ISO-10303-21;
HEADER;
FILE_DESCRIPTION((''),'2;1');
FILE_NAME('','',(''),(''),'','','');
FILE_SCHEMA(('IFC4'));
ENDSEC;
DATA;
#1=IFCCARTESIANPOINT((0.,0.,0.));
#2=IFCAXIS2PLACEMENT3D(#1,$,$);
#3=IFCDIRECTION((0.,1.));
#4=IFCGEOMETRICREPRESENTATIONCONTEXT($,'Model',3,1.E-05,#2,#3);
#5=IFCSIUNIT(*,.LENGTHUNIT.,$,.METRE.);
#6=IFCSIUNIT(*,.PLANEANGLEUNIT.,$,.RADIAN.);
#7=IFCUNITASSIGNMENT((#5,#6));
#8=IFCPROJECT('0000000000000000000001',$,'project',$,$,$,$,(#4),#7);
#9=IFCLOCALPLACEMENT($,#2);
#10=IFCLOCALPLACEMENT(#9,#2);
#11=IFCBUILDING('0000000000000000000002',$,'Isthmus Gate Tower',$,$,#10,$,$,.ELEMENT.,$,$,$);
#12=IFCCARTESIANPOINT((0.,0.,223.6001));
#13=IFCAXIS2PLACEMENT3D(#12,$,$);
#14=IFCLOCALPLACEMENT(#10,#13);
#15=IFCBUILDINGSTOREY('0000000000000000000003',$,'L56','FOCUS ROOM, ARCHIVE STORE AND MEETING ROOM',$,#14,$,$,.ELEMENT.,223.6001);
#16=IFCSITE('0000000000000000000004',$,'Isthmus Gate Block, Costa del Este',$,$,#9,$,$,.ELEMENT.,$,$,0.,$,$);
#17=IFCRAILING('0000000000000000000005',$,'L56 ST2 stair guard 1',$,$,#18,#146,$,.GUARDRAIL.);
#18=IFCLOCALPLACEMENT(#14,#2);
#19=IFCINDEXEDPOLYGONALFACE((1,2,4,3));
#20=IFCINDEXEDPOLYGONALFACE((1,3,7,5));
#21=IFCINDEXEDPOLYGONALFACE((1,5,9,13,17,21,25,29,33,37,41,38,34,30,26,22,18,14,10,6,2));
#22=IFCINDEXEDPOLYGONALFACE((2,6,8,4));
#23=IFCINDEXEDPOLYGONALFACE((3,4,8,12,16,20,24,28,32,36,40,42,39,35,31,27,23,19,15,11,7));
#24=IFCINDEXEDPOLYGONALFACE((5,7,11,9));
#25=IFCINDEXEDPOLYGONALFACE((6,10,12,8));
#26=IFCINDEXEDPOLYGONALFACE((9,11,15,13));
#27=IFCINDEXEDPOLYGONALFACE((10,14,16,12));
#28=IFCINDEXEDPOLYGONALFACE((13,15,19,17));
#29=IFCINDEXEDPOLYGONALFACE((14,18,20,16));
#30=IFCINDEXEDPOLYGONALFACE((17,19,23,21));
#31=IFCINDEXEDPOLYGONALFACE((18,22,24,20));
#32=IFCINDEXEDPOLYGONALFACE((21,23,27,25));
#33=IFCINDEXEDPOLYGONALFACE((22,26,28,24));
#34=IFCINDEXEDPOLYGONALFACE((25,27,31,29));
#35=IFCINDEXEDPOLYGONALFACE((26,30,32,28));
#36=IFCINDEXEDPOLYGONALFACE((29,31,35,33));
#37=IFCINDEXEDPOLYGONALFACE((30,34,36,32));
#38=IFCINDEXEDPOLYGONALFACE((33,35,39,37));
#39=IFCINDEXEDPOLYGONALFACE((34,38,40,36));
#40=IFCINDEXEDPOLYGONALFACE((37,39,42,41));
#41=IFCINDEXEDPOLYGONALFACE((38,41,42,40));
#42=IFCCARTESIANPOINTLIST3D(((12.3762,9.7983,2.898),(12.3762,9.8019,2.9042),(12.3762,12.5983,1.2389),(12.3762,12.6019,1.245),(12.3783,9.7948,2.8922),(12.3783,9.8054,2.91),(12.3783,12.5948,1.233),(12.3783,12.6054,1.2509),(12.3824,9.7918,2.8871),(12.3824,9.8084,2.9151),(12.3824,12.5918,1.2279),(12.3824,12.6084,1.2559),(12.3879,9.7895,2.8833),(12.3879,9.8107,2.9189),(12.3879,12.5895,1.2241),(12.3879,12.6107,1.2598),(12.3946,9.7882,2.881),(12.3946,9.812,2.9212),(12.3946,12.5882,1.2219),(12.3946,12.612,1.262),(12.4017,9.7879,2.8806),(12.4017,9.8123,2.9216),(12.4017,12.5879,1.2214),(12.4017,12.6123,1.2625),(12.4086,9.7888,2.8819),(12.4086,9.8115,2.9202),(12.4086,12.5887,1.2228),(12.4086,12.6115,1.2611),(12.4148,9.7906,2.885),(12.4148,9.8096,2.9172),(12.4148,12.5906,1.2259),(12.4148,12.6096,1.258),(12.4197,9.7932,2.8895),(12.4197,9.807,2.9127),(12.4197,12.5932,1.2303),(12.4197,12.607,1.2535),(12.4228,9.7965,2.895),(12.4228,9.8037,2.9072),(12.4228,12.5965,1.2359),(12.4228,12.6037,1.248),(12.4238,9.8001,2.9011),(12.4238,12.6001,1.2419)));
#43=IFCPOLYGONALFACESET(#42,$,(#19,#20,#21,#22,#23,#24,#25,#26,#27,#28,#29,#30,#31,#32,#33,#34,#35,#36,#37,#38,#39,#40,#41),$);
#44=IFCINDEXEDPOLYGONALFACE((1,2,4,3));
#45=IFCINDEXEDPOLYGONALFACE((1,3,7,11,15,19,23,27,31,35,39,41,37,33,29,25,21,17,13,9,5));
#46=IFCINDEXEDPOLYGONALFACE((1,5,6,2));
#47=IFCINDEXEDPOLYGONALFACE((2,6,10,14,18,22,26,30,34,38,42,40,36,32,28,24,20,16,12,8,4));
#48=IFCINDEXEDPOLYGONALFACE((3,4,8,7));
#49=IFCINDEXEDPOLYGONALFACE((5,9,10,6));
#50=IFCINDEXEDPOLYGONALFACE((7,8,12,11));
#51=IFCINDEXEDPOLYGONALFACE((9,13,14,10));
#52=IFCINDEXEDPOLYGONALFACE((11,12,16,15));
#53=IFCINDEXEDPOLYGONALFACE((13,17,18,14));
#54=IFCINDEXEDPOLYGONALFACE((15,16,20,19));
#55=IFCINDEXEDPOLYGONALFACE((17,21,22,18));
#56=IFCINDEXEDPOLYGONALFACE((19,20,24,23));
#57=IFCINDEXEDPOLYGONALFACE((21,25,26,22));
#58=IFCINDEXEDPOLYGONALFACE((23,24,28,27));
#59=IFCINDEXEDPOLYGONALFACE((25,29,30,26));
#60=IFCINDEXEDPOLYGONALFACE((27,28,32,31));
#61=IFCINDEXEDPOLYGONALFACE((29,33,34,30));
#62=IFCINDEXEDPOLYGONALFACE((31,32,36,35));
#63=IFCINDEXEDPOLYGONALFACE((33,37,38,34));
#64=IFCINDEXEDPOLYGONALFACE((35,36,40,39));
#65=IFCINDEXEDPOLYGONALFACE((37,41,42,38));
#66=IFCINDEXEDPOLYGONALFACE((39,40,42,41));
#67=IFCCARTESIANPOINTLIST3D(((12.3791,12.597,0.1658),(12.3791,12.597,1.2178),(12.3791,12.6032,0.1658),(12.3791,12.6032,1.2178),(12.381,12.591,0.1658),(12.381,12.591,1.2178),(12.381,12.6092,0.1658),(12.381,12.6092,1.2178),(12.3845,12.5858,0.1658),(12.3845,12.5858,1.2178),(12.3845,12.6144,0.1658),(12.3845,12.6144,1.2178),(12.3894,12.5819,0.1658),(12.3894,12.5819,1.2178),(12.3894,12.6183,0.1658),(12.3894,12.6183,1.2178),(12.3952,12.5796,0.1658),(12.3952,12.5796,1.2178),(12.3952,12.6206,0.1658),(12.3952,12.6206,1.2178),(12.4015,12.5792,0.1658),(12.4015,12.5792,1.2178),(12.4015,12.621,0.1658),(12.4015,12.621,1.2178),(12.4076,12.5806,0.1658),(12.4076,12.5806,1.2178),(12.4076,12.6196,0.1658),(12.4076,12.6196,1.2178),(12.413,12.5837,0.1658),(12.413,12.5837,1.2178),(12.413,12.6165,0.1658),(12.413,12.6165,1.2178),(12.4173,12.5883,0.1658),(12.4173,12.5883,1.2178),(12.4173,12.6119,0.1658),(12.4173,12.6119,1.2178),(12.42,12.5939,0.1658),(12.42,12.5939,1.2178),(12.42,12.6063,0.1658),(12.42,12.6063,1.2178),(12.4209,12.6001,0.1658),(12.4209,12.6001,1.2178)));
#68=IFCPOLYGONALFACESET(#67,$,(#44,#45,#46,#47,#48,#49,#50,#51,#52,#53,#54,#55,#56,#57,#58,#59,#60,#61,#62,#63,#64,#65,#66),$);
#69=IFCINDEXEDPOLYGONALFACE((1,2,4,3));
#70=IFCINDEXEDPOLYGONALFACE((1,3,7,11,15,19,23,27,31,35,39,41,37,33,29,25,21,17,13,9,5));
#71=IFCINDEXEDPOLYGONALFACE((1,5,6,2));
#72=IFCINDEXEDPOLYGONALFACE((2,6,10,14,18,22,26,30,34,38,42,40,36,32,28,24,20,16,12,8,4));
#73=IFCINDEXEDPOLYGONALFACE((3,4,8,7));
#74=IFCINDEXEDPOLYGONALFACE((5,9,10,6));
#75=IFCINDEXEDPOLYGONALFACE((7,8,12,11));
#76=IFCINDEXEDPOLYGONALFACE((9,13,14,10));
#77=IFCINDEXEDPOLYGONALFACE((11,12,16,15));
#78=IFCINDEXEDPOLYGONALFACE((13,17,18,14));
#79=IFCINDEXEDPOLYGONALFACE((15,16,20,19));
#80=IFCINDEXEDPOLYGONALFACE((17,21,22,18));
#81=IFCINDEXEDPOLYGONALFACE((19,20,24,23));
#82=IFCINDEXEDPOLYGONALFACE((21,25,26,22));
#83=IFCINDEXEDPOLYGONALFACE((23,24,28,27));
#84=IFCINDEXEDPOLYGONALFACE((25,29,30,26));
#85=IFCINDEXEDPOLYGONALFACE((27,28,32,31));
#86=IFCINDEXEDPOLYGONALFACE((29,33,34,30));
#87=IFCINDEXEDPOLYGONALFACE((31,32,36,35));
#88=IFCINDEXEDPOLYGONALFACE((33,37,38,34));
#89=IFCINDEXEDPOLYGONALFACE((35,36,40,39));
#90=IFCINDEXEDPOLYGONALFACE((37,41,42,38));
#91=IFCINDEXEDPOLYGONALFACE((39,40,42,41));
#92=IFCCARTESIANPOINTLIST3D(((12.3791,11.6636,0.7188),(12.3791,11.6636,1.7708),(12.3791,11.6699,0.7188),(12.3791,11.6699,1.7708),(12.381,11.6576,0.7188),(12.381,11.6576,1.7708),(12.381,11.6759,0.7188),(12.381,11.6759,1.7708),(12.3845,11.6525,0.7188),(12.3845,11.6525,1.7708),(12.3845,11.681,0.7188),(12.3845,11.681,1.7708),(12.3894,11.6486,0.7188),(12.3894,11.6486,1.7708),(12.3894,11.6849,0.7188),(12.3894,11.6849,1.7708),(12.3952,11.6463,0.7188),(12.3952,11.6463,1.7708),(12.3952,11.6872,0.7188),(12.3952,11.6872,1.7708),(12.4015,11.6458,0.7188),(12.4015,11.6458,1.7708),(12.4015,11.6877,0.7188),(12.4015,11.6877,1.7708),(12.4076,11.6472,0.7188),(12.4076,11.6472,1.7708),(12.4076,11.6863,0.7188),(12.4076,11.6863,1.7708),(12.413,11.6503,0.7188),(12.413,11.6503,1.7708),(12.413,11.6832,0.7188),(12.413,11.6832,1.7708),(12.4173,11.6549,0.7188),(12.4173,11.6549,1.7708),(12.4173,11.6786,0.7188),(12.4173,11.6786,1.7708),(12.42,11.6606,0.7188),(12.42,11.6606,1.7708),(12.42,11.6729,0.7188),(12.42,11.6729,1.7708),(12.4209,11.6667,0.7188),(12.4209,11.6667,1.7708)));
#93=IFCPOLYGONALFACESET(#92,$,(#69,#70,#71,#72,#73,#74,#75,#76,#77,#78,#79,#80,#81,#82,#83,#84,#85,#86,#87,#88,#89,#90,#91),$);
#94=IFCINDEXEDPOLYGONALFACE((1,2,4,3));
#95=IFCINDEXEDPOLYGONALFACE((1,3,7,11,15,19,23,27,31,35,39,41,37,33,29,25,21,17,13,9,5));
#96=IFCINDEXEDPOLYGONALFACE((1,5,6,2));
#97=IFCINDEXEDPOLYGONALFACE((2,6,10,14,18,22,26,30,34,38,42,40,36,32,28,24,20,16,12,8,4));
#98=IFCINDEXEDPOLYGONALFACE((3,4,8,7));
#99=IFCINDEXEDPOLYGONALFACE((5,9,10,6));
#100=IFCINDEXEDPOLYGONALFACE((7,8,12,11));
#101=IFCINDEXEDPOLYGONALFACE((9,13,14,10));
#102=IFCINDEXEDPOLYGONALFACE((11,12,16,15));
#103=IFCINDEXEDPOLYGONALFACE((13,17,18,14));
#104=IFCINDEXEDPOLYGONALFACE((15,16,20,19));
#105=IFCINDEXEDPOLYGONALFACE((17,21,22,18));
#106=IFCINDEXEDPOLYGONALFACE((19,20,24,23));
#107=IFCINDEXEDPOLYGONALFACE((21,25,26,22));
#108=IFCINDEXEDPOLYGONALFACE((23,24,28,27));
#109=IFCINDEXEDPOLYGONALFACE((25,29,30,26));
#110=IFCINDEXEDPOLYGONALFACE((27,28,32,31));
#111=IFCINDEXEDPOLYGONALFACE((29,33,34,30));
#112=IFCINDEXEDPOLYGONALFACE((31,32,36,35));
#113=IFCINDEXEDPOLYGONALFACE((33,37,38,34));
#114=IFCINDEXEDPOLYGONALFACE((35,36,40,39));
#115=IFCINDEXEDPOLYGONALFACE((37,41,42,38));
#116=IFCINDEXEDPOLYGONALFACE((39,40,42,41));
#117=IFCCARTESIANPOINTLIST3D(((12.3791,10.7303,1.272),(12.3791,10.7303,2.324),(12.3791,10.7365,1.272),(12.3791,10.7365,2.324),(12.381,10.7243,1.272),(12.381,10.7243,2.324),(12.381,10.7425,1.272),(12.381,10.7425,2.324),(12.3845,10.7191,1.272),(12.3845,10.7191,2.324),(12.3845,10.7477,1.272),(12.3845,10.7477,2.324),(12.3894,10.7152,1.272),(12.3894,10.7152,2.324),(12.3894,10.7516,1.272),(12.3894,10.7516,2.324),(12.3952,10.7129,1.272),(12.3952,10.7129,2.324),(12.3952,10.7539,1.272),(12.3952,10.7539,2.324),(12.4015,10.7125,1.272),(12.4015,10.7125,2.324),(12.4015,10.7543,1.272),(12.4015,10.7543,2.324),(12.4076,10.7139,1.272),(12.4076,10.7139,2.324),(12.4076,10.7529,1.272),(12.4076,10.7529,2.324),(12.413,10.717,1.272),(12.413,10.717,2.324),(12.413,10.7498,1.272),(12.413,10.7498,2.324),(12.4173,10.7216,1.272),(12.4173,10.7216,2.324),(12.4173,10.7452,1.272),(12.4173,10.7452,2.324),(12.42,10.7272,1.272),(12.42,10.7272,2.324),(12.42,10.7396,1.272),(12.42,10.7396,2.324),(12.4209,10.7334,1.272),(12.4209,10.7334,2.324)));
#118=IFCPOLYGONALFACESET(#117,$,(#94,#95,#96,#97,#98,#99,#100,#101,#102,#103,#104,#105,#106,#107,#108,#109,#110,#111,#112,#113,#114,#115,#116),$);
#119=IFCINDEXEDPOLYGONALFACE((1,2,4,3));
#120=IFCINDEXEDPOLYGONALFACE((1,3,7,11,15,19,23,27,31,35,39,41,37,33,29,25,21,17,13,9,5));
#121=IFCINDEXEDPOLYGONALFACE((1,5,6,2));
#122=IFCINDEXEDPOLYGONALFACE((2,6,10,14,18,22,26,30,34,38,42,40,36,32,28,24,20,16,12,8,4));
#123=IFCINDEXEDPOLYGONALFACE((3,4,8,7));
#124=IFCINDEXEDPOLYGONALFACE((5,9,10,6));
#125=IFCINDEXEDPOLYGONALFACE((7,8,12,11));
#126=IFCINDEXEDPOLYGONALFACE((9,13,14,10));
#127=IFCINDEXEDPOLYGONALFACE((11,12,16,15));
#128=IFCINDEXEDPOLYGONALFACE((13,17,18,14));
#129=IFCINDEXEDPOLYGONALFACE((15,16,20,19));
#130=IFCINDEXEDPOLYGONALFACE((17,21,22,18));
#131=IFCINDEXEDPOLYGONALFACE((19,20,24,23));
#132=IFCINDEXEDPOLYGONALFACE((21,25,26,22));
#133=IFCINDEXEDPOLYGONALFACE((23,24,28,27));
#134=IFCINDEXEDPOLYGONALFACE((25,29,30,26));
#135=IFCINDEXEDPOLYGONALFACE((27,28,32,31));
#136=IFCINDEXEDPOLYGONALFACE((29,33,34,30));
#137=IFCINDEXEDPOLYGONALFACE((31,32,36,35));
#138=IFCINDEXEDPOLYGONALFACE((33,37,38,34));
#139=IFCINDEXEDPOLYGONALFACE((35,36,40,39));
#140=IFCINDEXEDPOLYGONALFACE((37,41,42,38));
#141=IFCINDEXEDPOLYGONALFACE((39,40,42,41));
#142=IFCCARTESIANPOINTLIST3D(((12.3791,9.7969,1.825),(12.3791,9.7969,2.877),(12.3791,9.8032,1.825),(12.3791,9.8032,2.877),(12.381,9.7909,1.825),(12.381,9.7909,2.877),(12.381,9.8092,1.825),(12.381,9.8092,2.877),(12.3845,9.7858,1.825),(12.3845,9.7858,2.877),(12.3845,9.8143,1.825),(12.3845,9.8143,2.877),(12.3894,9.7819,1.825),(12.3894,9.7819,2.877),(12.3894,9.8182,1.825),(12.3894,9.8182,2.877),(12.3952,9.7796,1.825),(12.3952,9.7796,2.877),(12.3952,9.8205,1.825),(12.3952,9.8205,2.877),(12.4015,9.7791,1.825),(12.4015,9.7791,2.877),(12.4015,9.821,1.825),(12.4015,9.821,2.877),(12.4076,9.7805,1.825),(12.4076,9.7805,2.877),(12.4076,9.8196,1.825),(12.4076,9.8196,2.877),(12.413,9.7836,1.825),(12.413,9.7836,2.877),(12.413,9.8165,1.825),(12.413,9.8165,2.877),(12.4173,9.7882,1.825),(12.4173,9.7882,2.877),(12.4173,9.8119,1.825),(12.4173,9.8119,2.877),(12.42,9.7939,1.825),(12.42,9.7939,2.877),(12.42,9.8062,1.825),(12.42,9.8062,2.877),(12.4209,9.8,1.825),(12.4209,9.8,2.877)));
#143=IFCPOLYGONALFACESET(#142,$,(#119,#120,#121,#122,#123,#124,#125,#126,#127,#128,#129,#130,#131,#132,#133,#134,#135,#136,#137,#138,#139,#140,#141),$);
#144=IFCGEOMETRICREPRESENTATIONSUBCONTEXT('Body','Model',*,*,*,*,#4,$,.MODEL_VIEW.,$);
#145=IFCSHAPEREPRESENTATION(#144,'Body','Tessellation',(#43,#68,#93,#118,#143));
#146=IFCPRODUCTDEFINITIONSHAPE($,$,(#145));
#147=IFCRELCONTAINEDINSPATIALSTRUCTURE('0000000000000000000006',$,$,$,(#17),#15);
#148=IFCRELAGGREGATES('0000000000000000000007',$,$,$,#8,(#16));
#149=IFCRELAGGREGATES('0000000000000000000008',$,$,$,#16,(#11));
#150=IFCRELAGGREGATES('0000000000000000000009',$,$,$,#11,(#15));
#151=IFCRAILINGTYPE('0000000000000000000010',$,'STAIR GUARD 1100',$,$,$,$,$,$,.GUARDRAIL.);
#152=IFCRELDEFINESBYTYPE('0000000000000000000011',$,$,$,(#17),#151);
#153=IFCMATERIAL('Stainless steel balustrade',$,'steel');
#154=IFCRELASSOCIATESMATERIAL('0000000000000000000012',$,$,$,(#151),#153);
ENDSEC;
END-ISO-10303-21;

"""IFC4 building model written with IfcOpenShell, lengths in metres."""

from ifc_helpers import new_model, si_unit, direction, frame, origin, origin_2d, place, context, subcontext, project, spatial, circle, extrude, material, type_object, element, save


model = new_model("IFC4")

# Units and contexts
model_context = context("Model", 3, precision=1e-05, world=origin(), true_north=direction((0.0, 1.0)))
body_context = subcontext(model_context, "Body", "Model", "MODEL_VIEW")
ifc_project = project(units=[si_unit("LENGTHUNIT", "METRE"), si_unit("PLANEANGLEUNIT", "RADIAN")], contexts=[model_context])

# Site, building, storey
site_placement = place(None, origin())
site = spatial("IfcSite", under=ifc_project, at=site_placement, Name="Isthmus Gate Block, Costa del Este", CompositionType="ELEMENT", RefElevation=0.0)
building_placement = place(site_placement, origin())
building = spatial("IfcBuilding", under=site, at=building_placement, Name="Isthmus Gate Tower", CompositionType="ELEMENT")
storey_placement = place(building_placement, frame((0.0, 0.0, 223.6001)))
storey = spatial("IfcBuildingStorey", under=building, at=storey_placement, Name="L56", Description="FOCUS ROOM, ARCHIVE STORE AND MEETING ROOM", CompositionType="ELEMENT", Elevation=223.6001)

# Railing
ifc_material_1 = material(Name="Stainless steel balustrade", Category="steel")
railing_type_1 = type_object("IfcRailingType", Name="STAIR GUARD 1100", PredefinedType="GUARDRAIL", material=ifc_material_1)
railing_1_placement = place(storey_placement, frame((12.3999, 12.6001, 0.1658)))
element("IfcRailing", 1, at=railing_1_placement, inside=storey, type_object=railing_type_1, Name="L56 ST2 stair guard 1", PredefinedType="GUARDRAIL", context=body_context, shape_type="SweptSolid", body=[
    extrude(circle(Radius=0.0239, at=origin_2d()), frame((0.0, 0.0, 1.0762), z_axis=(0.0, -0.860306, 0.509778), x_axis=(1.0, 0.0, 0.0)), (0.0, 0.0, 1.0), 3.2546),
    extrude(circle(Radius=0.021, at=origin_2d()), origin(), (0.0, 0.0, 1.0), 1.052),
    extrude(circle(Radius=0.021, at=origin_2d()), frame((0.0, -0.9333, 0.553)), (0.0, 0.0, 1.0), 1.052),
    extrude(circle(Radius=0.021, at=origin_2d()), frame((0.0, -1.8667, 1.1062)), (0.0, 0.0, 1.0), 1.052),
    extrude(circle(Radius=0.021, at=origin_2d()), frame((0.0, -2.8, 1.6592)), (0.0, 0.0, 1.0), 1.052),
])

save(model, "model.ifc")
